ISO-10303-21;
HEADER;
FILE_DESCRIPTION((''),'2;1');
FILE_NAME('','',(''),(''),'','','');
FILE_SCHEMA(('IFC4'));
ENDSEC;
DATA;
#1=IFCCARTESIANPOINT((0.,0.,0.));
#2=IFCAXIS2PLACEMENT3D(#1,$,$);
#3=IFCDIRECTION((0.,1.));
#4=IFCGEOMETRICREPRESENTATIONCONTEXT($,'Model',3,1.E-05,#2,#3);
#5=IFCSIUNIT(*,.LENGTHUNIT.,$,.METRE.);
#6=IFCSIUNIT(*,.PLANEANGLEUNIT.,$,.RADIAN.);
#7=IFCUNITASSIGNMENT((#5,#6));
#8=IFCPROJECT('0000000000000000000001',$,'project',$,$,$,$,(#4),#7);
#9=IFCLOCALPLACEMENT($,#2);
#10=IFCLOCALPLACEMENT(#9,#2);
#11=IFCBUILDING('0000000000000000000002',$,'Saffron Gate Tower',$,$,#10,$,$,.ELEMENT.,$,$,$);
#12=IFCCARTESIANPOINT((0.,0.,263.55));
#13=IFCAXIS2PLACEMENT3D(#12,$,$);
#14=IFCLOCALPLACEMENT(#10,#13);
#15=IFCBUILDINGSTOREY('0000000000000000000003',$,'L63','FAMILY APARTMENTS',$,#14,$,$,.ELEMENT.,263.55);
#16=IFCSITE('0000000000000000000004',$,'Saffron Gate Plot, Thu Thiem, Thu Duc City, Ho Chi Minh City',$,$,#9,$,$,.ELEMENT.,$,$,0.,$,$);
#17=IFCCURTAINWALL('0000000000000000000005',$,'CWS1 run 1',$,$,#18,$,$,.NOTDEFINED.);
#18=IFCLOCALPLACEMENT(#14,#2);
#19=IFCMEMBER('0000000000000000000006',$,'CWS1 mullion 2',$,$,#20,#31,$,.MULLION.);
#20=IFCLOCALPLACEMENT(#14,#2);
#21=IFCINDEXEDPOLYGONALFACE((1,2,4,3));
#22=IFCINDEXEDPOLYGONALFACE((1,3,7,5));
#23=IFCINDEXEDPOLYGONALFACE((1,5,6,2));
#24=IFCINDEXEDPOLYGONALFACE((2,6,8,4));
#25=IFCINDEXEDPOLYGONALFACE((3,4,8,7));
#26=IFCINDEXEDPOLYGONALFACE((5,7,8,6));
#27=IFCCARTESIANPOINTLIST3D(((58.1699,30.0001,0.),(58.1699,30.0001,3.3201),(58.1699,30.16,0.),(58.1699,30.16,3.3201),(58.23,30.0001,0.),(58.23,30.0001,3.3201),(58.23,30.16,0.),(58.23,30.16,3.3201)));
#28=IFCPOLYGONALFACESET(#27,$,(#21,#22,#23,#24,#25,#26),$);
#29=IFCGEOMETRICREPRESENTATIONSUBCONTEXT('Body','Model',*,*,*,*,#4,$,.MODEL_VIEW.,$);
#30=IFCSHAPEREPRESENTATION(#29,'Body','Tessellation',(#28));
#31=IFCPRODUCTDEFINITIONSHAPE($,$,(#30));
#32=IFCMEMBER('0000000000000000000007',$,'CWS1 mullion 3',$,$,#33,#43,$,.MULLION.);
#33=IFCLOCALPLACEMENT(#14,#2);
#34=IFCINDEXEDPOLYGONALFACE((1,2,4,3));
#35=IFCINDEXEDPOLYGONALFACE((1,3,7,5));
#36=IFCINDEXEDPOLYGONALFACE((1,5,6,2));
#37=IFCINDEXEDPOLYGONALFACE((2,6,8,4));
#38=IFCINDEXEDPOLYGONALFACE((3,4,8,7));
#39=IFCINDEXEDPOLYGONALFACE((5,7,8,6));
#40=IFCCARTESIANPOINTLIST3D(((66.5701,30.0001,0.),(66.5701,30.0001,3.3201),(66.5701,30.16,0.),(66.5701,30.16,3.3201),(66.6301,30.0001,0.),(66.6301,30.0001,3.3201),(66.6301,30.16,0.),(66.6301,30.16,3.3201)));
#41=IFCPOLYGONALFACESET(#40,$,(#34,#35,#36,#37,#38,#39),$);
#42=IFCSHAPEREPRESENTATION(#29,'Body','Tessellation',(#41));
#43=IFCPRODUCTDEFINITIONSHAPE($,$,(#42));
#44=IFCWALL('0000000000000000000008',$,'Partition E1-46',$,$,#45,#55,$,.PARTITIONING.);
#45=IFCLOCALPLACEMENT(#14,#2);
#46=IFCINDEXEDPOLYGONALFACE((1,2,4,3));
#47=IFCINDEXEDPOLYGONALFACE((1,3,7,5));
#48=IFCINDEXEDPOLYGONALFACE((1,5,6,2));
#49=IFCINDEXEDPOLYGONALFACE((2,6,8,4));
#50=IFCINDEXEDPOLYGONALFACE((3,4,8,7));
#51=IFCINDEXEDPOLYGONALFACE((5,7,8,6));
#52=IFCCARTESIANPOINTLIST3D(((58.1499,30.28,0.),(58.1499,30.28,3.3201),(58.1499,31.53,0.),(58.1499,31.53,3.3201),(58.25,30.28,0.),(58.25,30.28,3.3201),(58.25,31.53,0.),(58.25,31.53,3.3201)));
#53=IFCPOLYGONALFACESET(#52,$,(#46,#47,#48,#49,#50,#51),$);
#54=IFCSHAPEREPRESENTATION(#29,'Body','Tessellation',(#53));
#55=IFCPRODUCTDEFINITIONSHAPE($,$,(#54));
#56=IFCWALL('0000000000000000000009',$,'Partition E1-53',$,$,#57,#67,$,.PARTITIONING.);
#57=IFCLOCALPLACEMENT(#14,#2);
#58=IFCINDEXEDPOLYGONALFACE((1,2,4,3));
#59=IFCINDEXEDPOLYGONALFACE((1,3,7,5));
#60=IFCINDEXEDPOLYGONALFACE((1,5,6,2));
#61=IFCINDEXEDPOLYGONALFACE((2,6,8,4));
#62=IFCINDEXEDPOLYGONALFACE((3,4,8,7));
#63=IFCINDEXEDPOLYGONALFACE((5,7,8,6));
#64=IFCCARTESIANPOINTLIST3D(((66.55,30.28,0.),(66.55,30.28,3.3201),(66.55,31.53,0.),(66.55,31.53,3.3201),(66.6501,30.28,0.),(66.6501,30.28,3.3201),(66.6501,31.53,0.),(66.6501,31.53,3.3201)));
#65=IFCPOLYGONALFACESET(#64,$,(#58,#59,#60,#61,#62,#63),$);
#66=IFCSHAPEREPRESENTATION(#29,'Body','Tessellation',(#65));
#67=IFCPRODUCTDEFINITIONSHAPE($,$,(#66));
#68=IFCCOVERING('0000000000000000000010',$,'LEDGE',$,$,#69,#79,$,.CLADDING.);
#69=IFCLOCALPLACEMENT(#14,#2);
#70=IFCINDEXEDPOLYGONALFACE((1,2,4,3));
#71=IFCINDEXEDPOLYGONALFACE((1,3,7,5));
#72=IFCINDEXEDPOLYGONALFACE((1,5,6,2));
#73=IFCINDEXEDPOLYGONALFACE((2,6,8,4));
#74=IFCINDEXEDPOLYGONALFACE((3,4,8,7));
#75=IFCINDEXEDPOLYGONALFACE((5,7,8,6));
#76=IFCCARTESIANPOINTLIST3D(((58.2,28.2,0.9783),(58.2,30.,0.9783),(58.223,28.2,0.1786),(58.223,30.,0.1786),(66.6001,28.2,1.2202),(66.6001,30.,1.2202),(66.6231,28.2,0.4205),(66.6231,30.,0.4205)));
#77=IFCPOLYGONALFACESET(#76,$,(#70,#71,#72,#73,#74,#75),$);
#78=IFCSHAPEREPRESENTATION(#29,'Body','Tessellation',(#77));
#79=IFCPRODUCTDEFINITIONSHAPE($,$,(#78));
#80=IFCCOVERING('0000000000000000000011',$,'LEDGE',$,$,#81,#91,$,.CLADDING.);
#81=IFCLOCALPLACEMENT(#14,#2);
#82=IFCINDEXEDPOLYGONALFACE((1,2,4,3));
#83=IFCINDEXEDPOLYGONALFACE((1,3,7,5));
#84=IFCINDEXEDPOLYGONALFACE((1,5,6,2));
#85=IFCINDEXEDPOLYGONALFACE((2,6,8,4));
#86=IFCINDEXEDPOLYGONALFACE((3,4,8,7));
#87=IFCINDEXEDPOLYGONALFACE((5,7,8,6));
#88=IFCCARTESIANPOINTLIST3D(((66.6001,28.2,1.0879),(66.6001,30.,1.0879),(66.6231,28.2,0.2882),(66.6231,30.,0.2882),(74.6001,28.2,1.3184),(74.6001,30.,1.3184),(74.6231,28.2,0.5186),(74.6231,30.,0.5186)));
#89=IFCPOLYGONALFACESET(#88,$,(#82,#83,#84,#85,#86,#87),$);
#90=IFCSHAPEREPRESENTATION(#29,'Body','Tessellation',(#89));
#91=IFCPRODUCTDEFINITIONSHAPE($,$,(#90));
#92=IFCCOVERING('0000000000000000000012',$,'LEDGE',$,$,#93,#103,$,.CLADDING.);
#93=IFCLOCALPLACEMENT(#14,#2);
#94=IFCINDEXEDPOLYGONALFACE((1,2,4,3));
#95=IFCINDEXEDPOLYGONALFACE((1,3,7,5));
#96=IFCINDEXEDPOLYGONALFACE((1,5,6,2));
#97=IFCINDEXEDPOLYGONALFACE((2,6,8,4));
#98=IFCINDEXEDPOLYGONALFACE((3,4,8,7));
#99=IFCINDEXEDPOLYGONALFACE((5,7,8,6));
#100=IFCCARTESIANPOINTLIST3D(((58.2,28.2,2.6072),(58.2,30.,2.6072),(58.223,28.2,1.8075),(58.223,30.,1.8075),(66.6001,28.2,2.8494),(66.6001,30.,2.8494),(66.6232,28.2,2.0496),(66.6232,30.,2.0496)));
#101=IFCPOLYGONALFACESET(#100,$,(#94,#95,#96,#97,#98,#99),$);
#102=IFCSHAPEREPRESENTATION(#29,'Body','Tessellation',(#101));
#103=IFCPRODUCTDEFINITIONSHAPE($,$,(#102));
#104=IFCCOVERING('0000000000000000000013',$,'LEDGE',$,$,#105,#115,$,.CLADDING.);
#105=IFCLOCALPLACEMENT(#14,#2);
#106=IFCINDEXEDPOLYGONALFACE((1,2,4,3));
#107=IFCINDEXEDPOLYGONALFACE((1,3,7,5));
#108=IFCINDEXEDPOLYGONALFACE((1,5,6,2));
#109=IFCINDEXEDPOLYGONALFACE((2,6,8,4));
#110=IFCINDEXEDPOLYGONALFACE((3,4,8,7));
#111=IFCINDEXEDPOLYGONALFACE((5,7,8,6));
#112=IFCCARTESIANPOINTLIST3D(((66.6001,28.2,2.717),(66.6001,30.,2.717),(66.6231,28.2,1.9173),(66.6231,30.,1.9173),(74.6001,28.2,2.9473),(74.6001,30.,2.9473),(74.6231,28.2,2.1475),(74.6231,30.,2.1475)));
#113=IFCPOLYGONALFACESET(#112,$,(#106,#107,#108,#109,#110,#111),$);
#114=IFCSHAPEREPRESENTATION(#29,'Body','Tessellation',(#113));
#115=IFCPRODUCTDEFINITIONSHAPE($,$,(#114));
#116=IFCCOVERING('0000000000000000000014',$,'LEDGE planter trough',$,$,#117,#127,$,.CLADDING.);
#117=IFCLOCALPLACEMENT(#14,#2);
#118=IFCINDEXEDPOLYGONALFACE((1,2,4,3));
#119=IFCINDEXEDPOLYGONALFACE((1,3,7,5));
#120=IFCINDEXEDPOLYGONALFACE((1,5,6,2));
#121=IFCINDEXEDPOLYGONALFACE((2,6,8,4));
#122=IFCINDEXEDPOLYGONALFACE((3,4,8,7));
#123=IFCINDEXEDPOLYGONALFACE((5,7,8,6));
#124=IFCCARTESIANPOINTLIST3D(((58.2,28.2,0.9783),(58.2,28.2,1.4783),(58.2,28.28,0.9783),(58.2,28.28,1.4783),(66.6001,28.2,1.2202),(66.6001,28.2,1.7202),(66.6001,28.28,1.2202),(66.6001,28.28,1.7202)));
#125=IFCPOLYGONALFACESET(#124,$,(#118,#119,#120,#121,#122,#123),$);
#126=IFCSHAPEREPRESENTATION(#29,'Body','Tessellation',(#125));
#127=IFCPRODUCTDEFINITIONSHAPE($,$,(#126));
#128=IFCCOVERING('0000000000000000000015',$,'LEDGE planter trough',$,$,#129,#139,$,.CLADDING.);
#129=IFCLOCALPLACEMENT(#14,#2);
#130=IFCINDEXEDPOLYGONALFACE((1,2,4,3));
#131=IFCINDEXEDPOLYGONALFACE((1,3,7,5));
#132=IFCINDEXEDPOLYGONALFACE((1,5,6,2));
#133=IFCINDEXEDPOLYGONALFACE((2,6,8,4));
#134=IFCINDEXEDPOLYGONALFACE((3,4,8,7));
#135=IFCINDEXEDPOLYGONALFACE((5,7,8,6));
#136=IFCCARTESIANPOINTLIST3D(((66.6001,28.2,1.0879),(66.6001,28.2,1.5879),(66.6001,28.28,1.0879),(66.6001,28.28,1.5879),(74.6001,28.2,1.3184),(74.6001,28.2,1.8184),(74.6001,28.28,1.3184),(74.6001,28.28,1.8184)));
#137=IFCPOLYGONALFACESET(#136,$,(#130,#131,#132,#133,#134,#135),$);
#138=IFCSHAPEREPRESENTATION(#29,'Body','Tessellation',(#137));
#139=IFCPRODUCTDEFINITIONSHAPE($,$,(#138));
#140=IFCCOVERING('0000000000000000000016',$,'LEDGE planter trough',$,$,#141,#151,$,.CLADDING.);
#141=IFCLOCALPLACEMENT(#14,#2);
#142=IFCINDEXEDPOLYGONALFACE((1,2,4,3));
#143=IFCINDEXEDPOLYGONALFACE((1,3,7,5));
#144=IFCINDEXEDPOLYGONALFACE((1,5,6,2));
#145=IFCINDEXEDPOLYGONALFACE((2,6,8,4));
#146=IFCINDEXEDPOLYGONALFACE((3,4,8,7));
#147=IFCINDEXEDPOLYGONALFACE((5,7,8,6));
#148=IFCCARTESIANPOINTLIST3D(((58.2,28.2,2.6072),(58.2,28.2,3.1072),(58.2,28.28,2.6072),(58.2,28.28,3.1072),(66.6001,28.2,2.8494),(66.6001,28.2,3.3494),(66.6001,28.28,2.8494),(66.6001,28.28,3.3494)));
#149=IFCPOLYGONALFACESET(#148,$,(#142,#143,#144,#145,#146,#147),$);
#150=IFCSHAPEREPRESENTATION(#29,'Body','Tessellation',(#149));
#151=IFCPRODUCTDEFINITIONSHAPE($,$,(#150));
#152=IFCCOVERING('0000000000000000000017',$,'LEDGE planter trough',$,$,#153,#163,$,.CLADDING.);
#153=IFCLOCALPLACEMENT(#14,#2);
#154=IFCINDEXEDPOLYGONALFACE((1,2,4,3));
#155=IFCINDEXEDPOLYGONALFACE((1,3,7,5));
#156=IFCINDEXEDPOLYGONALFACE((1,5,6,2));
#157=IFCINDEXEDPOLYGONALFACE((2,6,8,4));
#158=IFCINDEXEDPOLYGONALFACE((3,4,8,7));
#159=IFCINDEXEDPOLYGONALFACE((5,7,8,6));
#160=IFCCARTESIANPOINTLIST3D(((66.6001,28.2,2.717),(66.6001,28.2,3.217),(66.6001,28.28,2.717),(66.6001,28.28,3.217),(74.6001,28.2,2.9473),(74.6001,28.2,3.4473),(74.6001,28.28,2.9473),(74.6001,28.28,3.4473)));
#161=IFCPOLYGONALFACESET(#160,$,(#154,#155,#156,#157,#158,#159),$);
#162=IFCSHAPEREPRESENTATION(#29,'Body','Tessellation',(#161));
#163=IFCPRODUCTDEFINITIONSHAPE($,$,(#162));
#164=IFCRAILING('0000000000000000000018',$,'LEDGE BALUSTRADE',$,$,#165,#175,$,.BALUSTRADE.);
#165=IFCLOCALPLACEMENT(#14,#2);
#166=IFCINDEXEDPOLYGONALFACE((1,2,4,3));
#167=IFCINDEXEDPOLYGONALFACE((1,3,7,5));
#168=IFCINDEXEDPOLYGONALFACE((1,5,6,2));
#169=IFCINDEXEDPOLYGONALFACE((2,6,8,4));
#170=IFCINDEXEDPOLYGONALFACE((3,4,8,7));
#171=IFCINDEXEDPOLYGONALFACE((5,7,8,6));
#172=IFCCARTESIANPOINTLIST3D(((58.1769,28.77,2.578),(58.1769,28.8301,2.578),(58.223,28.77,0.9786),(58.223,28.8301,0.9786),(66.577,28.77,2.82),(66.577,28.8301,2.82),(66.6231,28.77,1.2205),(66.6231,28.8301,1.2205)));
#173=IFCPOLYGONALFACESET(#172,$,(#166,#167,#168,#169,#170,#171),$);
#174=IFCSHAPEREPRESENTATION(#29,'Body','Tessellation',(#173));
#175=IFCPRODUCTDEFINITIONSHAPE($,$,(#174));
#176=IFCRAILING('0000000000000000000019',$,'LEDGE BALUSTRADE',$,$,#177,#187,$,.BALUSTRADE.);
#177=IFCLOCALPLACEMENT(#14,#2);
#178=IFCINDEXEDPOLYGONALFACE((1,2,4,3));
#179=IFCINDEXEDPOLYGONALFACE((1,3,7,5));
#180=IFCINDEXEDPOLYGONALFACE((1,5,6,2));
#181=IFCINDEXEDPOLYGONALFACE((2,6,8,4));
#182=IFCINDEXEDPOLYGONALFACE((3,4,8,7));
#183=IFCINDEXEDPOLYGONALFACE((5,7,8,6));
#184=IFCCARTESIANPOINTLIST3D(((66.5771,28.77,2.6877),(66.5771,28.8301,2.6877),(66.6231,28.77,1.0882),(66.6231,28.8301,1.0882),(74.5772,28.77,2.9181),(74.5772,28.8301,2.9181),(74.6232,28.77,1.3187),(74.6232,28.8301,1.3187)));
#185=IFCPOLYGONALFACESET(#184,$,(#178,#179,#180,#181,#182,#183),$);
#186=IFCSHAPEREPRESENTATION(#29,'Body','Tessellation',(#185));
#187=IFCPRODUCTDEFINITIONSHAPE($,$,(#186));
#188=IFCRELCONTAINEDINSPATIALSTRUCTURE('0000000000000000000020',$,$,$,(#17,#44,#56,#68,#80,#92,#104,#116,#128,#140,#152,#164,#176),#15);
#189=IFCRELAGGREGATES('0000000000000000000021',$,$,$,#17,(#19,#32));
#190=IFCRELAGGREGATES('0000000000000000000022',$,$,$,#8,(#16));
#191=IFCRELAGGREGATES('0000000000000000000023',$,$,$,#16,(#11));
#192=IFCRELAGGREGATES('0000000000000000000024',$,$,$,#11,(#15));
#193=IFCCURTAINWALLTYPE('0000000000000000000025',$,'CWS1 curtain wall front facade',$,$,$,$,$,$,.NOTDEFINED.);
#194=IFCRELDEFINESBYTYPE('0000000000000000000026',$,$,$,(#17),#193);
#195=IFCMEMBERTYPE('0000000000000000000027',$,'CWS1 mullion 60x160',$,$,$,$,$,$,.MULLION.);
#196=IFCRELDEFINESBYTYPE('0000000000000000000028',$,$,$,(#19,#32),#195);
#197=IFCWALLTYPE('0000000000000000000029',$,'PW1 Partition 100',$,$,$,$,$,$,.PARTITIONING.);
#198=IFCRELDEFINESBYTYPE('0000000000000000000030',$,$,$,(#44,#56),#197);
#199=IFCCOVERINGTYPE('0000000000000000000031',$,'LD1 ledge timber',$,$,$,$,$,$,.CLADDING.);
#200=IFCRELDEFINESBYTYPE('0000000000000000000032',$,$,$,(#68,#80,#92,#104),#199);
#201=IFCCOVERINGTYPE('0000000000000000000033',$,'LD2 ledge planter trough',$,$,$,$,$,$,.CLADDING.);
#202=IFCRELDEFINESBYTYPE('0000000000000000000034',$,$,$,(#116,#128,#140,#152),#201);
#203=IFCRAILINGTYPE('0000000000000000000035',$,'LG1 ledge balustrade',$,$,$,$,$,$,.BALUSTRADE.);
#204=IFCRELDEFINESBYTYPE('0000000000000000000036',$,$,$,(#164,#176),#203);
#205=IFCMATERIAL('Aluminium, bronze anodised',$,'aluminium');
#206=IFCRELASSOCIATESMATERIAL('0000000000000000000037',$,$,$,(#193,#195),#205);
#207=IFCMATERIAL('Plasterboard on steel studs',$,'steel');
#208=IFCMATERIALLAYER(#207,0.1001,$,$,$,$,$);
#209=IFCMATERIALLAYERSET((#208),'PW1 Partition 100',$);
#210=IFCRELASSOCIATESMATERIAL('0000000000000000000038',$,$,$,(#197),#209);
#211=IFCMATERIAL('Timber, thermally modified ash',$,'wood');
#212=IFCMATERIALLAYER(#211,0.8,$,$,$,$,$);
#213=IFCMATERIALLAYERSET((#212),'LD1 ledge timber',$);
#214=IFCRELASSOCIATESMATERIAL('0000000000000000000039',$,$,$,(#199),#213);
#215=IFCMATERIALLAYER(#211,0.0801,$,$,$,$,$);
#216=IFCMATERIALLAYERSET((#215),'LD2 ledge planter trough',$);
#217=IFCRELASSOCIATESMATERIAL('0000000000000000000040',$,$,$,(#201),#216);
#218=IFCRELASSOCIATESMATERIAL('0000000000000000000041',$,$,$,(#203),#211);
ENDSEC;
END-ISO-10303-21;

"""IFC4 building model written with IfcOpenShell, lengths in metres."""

from ifc_helpers import new_model, si_unit, direction, frame, frame_2d, origin, origin_2d, place, context, subcontext, project, spatial, polyline, rectangle, outline, extrude, material, layer, layer_set, material_profile, profile_set, type_object, element, aggregate, save


model = new_model("IFC4")

# Units and contexts
model_context = context("Model", 3, precision=1e-05, world=origin(), true_north=direction((0.0, 1.0)))
body_context = subcontext(model_context, "Body", "Model", "MODEL_VIEW")
ifc_project = project(units=[si_unit("LENGTHUNIT", "METRE"), si_unit("PLANEANGLEUNIT", "RADIAN")], contexts=[model_context])

# Site, building, storey
site_placement = place(None, origin())
site = spatial("IfcSite", under=ifc_project, at=site_placement, Name="Saffron Gate Plot, Thu Thiem, Thu Duc City, Ho Chi Minh City", CompositionType="ELEMENT", RefElevation=0.0)
building_placement = place(site_placement, origin())
building = spatial("IfcBuilding", under=site, at=building_placement, Name="Saffron Gate Tower", CompositionType="ELEMENT")
storey_placement = place(building_placement, frame((0.0, 0.0, 263.55)))
storey = spatial("IfcBuildingStorey", under=building, at=storey_placement, Name="L63", Description="FAMILY APARTMENTS", CompositionType="ELEMENT", Elevation=263.55)

# Curtain wall, members
ifc_material_1 = material(Name="Aluminium, bronze anodised", Category="aluminium")
curtain_wall_type = type_object("IfcCurtainWallType", Name="CWS1 curtain wall front facade", PredefinedType="NOTDEFINED", material=ifc_material_1)
curtain_wall_placement = place(storey_placement, origin())
curtain_wall = element("IfcCurtainWall", 1, at=curtain_wall_placement, inside=storey, type_object=curtain_wall_type, Name="CWS1 run 1", PredefinedType="NOTDEFINED")
ifc_material_profile = material_profile(ifc_material_1, rectangle(XDim=0.1599, YDim=0.0601, at=origin_2d()))
ifc_profile_set = profile_set([ifc_material_profile], Name="Aluminium, bronze anodised")
member_type = type_object("IfcMemberType", Name="CWS1 mullion 60x160", PredefinedType="MULLION", material=ifc_profile_set)
member_1_placement = place(storey_placement, frame((58.2, 30.0801, 0.0), z_axis=(0.0, 0.0, 1.0), x_axis=(0.0, 1.0, 0.0)))
member_1 = element("IfcMember", 2, at=member_1_placement, type_object=member_type, Name="CWS1 mullion 2", PredefinedType="MULLION", context=body_context, shape_type="SweptSolid", body=[
    extrude(rectangle(XDim=0.1599, YDim=0.0601, at=origin_2d()), origin(), (0.0, 0.0, 1.0), 3.3201),
])
member_2_placement = place(storey_placement, frame((66.6001, 30.0801, 0.0), z_axis=(0.0, 0.0, 1.0), x_axis=(0.0, 1.0, 0.0)))
member_2 = element("IfcMember", 3, at=member_2_placement, type_object=member_type, Name="CWS1 mullion 3", PredefinedType="MULLION", context=body_context, shape_type="SweptSolid", body=[
    extrude(rectangle(XDim=0.1599, YDim=0.0601, at=origin_2d()), origin(), (0.0, 0.0, 1.0), 3.3201),
])
aggregate(curtain_wall, [member_1, member_2])

# Walls
ifc_material_2 = material(Name="Plasterboard on steel studs", Category="steel")
ifc_layer_1 = layer(ifc_material_2, 0.1001)
ifc_layer_set_1 = layer_set([ifc_layer_1], Name="PW1 Partition 100")
wall_type = type_object("IfcWallType", Name="PW1 Partition 100", PredefinedType="PARTITIONING", material=ifc_layer_set_1)
for number, where, z_axis, x_axis, name in (
    (4, (58.2, 31.53, 0.0), (0.0, 0.0, 1.0), (0.0, -1.0, 0.0), "Partition E1-46"),
    (5, (66.6001, 31.53, 0.0), (0.0, 0.0, 1.0), (0.0, -1.0, 0.0), "Partition E1-53"),
):
    element("IfcWall", number, at=place(storey_placement, frame(where, z_axis=z_axis, x_axis=x_axis)), inside=storey, type_object=wall_type, Name=name, PredefinedType="PARTITIONING", context=body_context, shape_type="SweptSolid", body=[
        extrude(rectangle(XDim=1.25, YDim=0.1001, at=frame_2d((0.625, 0.0))), origin(), (0.0, 0.0, 1.0), 3.3201),
    ])

# Coverings
ifc_material_3 = material(Name="Timber, thermally modified ash", Category="wood")
ifc_layer_2 = layer(ifc_material_3, 0.8)
ifc_layer_set_2 = layer_set([ifc_layer_2], Name="LD1 ledge timber")
covering_type_1 = type_object("IfcCoveringType", Name="LD1 ledge timber", PredefinedType="CLADDING", material=ifc_layer_set_2)
covering_1_placement = place(storey_placement, frame((58.2, 30.0, 0.9783), z_axis=(-0.02879, 0.0, 0.999585), x_axis=(0.999585, 0.0, 0.02879)))
element("IfcCovering", 6, at=covering_1_placement, inside=storey, type_object=covering_type_1, Name="LEDGE", PredefinedType="CLADDING", context=body_context, shape_type="SweptSolid", body=[
    extrude(outline(polyline([(0.0, 0.0), (8.4036, 0.0), (8.4036, -1.8), (0.0, -1.8), (0.0, 0.0)])), origin(), (0.0, 0.0, -1.0), 0.8),
])
covering_2_placement = place(storey_placement, frame((66.6001, 30.0, 1.0879), z_axis=(-0.028797, 0.0, 0.999585), x_axis=(0.999585, 0.0, 0.028797)))
element("IfcCovering", 7, at=covering_2_placement, inside=storey, type_object=covering_type_1, Name="LEDGE", PredefinedType="CLADDING", context=body_context, shape_type="SweptSolid", body=[
    extrude(outline(polyline([(0.0, 0.0), (8.0033, 0.0), (8.0033, -1.8), (0.0, -1.8), (0.0, 0.0)])), origin(), (0.0, 0.0, -1.0), 0.8),
])
covering_3_placement = place(storey_placement, frame((58.2, 30.0, 2.6072), z_axis=(-0.028819, 0.0, 0.999585), x_axis=(0.999585, 0.0, 0.028819)))
element("IfcCovering", 8, at=covering_3_placement, inside=storey, type_object=covering_type_1, Name="LEDGE", PredefinedType="CLADDING", context=body_context, shape_type="SweptSolid", body=[
    extrude(outline(polyline([(0.0, 0.0), (8.4036, 0.0), (8.4036, -1.8), (0.0, -1.8), (0.0, 0.0)])), origin(), (0.0, 0.0, -1.0), 0.8),
])
covering_4_placement = place(storey_placement, frame((66.6001, 30.0, 2.717), z_axis=(-0.028766, 0.0, 0.999586), x_axis=(0.999586, 0.0, 0.028766)))
element("IfcCovering", 9, at=covering_4_placement, inside=storey, type_object=covering_type_1, Name="LEDGE", PredefinedType="CLADDING", context=body_context, shape_type="SweptSolid", body=[
    extrude(outline(polyline([(0.0, 0.0), (8.0033, 0.0), (8.0033, -1.8), (0.0, -1.8), (0.0, 0.0)])), origin(), (0.0, 0.0, -1.0), 0.8),
])
ifc_layer_3 = layer(ifc_material_3, 0.0801)
ifc_layer_set_3 = layer_set([ifc_layer_3], Name="LD2 ledge planter trough")
covering_type_2 = type_object("IfcCoveringType", Name="LD2 ledge planter trough", PredefinedType="CLADDING", material=ifc_layer_set_3)
covering_5_placement = place(storey_placement, frame((58.2, 28.2, 0.9783), z_axis=(0.0, -1.0, 0.0), x_axis=(0.999585, 0.0, 0.02879)))
element("IfcCovering", 10, at=covering_5_placement, inside=storey, type_object=covering_type_2, Name="LEDGE planter trough", PredefinedType="CLADDING", context=body_context, shape_type="SweptSolid", body=[
    extrude(outline(polyline([(0.0, 0.0), (8.4036, 0.0), (8.418, 0.4998), (0.0144, 0.4998), (0.0, 0.0)])), origin(), (0.0, 0.0, -1.0), 0.0801),
])
covering_6_placement = place(storey_placement, frame((66.6001, 28.2, 1.0879), z_axis=(0.0, -1.0, 0.0), x_axis=(0.999585, 0.0, 0.028797)))
element("IfcCovering", 11, at=covering_6_placement, inside=storey, type_object=covering_type_2, Name="LEDGE planter trough", PredefinedType="CLADDING", context=body_context, shape_type="SweptSolid", body=[
    extrude(outline(polyline([(0.0, 0.0), (8.0033, 0.0), (8.0177, 0.4998), (0.0144, 0.4998), (0.0, 0.0)])), origin(), (0.0, 0.0, -1.0), 0.0801),
])
covering_7_placement = place(storey_placement, frame((58.2, 28.2, 2.6072), z_axis=(0.0, -1.0, 0.0), x_axis=(0.999585, 0.0, 0.028819)))
element("IfcCovering", 12, at=covering_7_placement, inside=storey, type_object=covering_type_2, Name="LEDGE planter trough", PredefinedType="CLADDING", context=body_context, shape_type="SweptSolid", body=[
    extrude(outline(polyline([(0.0, 0.0), (8.4036, 0.0), (8.418, 0.4998), (0.0144, 0.4998), (0.0, 0.0)])), origin(), (0.0, 0.0, -1.0), 0.0801),
])
covering_8_placement = place(storey_placement, frame((66.6001, 28.2, 2.717), z_axis=(0.0, -1.0, 0.0), x_axis=(0.999586, 0.0, 0.028766)))
element("IfcCovering", 13, at=covering_8_placement, inside=storey, type_object=covering_type_2, Name="LEDGE planter trough", PredefinedType="CLADDING", context=body_context, shape_type="SweptSolid", body=[
    extrude(outline(polyline([(0.0, 0.0), (8.0033, 0.0), (8.0177, 0.4998), (0.0144, 0.4998), (0.0, 0.0)])), origin(), (0.0, 0.0, -1.0), 0.0801),
])

# Railings
railing_type = type_object("IfcRailingType", Name="LG1 ledge balustrade", PredefinedType="BALUSTRADE", material=ifc_material_3)
railing_1_placement = place(storey_placement, frame((58.2, 28.8, 0.9783)))
element("IfcRailing", 14, at=railing_1_placement, inside=storey, type_object=railing_type, Name="LEDGE BALUSTRADE", PredefinedType="BALUSTRADE", context=body_context, shape_type="SweptSolid", body=[
    extrude(rectangle(XDim=0.0601, YDim=1.6001, at=origin_2d()), frame((0.0, 0.0, 0.8), z_axis=(0.999585, 0.0, 0.02879), x_axis=(0.0, 1.0, 0.0)), (0.0, 0.0, 1.0), 8.4036),
])
railing_2_placement = place(storey_placement, frame((66.6001, 28.8, 1.0879)))
element("IfcRailing", 15, at=railing_2_placement, inside=storey, type_object=railing_type, Name="LEDGE BALUSTRADE", PredefinedType="BALUSTRADE", context=body_context, shape_type="SweptSolid", body=[
    extrude(rectangle(XDim=0.0601, YDim=1.6001, at=origin_2d()), frame((0.0, 0.0, 0.8), z_axis=(0.999585, 0.0, 0.028797), x_axis=(0.0, 1.0, 0.0)), (0.0, 0.0, 1.0), 8.0034),
])

save(model, "model.ifc")
